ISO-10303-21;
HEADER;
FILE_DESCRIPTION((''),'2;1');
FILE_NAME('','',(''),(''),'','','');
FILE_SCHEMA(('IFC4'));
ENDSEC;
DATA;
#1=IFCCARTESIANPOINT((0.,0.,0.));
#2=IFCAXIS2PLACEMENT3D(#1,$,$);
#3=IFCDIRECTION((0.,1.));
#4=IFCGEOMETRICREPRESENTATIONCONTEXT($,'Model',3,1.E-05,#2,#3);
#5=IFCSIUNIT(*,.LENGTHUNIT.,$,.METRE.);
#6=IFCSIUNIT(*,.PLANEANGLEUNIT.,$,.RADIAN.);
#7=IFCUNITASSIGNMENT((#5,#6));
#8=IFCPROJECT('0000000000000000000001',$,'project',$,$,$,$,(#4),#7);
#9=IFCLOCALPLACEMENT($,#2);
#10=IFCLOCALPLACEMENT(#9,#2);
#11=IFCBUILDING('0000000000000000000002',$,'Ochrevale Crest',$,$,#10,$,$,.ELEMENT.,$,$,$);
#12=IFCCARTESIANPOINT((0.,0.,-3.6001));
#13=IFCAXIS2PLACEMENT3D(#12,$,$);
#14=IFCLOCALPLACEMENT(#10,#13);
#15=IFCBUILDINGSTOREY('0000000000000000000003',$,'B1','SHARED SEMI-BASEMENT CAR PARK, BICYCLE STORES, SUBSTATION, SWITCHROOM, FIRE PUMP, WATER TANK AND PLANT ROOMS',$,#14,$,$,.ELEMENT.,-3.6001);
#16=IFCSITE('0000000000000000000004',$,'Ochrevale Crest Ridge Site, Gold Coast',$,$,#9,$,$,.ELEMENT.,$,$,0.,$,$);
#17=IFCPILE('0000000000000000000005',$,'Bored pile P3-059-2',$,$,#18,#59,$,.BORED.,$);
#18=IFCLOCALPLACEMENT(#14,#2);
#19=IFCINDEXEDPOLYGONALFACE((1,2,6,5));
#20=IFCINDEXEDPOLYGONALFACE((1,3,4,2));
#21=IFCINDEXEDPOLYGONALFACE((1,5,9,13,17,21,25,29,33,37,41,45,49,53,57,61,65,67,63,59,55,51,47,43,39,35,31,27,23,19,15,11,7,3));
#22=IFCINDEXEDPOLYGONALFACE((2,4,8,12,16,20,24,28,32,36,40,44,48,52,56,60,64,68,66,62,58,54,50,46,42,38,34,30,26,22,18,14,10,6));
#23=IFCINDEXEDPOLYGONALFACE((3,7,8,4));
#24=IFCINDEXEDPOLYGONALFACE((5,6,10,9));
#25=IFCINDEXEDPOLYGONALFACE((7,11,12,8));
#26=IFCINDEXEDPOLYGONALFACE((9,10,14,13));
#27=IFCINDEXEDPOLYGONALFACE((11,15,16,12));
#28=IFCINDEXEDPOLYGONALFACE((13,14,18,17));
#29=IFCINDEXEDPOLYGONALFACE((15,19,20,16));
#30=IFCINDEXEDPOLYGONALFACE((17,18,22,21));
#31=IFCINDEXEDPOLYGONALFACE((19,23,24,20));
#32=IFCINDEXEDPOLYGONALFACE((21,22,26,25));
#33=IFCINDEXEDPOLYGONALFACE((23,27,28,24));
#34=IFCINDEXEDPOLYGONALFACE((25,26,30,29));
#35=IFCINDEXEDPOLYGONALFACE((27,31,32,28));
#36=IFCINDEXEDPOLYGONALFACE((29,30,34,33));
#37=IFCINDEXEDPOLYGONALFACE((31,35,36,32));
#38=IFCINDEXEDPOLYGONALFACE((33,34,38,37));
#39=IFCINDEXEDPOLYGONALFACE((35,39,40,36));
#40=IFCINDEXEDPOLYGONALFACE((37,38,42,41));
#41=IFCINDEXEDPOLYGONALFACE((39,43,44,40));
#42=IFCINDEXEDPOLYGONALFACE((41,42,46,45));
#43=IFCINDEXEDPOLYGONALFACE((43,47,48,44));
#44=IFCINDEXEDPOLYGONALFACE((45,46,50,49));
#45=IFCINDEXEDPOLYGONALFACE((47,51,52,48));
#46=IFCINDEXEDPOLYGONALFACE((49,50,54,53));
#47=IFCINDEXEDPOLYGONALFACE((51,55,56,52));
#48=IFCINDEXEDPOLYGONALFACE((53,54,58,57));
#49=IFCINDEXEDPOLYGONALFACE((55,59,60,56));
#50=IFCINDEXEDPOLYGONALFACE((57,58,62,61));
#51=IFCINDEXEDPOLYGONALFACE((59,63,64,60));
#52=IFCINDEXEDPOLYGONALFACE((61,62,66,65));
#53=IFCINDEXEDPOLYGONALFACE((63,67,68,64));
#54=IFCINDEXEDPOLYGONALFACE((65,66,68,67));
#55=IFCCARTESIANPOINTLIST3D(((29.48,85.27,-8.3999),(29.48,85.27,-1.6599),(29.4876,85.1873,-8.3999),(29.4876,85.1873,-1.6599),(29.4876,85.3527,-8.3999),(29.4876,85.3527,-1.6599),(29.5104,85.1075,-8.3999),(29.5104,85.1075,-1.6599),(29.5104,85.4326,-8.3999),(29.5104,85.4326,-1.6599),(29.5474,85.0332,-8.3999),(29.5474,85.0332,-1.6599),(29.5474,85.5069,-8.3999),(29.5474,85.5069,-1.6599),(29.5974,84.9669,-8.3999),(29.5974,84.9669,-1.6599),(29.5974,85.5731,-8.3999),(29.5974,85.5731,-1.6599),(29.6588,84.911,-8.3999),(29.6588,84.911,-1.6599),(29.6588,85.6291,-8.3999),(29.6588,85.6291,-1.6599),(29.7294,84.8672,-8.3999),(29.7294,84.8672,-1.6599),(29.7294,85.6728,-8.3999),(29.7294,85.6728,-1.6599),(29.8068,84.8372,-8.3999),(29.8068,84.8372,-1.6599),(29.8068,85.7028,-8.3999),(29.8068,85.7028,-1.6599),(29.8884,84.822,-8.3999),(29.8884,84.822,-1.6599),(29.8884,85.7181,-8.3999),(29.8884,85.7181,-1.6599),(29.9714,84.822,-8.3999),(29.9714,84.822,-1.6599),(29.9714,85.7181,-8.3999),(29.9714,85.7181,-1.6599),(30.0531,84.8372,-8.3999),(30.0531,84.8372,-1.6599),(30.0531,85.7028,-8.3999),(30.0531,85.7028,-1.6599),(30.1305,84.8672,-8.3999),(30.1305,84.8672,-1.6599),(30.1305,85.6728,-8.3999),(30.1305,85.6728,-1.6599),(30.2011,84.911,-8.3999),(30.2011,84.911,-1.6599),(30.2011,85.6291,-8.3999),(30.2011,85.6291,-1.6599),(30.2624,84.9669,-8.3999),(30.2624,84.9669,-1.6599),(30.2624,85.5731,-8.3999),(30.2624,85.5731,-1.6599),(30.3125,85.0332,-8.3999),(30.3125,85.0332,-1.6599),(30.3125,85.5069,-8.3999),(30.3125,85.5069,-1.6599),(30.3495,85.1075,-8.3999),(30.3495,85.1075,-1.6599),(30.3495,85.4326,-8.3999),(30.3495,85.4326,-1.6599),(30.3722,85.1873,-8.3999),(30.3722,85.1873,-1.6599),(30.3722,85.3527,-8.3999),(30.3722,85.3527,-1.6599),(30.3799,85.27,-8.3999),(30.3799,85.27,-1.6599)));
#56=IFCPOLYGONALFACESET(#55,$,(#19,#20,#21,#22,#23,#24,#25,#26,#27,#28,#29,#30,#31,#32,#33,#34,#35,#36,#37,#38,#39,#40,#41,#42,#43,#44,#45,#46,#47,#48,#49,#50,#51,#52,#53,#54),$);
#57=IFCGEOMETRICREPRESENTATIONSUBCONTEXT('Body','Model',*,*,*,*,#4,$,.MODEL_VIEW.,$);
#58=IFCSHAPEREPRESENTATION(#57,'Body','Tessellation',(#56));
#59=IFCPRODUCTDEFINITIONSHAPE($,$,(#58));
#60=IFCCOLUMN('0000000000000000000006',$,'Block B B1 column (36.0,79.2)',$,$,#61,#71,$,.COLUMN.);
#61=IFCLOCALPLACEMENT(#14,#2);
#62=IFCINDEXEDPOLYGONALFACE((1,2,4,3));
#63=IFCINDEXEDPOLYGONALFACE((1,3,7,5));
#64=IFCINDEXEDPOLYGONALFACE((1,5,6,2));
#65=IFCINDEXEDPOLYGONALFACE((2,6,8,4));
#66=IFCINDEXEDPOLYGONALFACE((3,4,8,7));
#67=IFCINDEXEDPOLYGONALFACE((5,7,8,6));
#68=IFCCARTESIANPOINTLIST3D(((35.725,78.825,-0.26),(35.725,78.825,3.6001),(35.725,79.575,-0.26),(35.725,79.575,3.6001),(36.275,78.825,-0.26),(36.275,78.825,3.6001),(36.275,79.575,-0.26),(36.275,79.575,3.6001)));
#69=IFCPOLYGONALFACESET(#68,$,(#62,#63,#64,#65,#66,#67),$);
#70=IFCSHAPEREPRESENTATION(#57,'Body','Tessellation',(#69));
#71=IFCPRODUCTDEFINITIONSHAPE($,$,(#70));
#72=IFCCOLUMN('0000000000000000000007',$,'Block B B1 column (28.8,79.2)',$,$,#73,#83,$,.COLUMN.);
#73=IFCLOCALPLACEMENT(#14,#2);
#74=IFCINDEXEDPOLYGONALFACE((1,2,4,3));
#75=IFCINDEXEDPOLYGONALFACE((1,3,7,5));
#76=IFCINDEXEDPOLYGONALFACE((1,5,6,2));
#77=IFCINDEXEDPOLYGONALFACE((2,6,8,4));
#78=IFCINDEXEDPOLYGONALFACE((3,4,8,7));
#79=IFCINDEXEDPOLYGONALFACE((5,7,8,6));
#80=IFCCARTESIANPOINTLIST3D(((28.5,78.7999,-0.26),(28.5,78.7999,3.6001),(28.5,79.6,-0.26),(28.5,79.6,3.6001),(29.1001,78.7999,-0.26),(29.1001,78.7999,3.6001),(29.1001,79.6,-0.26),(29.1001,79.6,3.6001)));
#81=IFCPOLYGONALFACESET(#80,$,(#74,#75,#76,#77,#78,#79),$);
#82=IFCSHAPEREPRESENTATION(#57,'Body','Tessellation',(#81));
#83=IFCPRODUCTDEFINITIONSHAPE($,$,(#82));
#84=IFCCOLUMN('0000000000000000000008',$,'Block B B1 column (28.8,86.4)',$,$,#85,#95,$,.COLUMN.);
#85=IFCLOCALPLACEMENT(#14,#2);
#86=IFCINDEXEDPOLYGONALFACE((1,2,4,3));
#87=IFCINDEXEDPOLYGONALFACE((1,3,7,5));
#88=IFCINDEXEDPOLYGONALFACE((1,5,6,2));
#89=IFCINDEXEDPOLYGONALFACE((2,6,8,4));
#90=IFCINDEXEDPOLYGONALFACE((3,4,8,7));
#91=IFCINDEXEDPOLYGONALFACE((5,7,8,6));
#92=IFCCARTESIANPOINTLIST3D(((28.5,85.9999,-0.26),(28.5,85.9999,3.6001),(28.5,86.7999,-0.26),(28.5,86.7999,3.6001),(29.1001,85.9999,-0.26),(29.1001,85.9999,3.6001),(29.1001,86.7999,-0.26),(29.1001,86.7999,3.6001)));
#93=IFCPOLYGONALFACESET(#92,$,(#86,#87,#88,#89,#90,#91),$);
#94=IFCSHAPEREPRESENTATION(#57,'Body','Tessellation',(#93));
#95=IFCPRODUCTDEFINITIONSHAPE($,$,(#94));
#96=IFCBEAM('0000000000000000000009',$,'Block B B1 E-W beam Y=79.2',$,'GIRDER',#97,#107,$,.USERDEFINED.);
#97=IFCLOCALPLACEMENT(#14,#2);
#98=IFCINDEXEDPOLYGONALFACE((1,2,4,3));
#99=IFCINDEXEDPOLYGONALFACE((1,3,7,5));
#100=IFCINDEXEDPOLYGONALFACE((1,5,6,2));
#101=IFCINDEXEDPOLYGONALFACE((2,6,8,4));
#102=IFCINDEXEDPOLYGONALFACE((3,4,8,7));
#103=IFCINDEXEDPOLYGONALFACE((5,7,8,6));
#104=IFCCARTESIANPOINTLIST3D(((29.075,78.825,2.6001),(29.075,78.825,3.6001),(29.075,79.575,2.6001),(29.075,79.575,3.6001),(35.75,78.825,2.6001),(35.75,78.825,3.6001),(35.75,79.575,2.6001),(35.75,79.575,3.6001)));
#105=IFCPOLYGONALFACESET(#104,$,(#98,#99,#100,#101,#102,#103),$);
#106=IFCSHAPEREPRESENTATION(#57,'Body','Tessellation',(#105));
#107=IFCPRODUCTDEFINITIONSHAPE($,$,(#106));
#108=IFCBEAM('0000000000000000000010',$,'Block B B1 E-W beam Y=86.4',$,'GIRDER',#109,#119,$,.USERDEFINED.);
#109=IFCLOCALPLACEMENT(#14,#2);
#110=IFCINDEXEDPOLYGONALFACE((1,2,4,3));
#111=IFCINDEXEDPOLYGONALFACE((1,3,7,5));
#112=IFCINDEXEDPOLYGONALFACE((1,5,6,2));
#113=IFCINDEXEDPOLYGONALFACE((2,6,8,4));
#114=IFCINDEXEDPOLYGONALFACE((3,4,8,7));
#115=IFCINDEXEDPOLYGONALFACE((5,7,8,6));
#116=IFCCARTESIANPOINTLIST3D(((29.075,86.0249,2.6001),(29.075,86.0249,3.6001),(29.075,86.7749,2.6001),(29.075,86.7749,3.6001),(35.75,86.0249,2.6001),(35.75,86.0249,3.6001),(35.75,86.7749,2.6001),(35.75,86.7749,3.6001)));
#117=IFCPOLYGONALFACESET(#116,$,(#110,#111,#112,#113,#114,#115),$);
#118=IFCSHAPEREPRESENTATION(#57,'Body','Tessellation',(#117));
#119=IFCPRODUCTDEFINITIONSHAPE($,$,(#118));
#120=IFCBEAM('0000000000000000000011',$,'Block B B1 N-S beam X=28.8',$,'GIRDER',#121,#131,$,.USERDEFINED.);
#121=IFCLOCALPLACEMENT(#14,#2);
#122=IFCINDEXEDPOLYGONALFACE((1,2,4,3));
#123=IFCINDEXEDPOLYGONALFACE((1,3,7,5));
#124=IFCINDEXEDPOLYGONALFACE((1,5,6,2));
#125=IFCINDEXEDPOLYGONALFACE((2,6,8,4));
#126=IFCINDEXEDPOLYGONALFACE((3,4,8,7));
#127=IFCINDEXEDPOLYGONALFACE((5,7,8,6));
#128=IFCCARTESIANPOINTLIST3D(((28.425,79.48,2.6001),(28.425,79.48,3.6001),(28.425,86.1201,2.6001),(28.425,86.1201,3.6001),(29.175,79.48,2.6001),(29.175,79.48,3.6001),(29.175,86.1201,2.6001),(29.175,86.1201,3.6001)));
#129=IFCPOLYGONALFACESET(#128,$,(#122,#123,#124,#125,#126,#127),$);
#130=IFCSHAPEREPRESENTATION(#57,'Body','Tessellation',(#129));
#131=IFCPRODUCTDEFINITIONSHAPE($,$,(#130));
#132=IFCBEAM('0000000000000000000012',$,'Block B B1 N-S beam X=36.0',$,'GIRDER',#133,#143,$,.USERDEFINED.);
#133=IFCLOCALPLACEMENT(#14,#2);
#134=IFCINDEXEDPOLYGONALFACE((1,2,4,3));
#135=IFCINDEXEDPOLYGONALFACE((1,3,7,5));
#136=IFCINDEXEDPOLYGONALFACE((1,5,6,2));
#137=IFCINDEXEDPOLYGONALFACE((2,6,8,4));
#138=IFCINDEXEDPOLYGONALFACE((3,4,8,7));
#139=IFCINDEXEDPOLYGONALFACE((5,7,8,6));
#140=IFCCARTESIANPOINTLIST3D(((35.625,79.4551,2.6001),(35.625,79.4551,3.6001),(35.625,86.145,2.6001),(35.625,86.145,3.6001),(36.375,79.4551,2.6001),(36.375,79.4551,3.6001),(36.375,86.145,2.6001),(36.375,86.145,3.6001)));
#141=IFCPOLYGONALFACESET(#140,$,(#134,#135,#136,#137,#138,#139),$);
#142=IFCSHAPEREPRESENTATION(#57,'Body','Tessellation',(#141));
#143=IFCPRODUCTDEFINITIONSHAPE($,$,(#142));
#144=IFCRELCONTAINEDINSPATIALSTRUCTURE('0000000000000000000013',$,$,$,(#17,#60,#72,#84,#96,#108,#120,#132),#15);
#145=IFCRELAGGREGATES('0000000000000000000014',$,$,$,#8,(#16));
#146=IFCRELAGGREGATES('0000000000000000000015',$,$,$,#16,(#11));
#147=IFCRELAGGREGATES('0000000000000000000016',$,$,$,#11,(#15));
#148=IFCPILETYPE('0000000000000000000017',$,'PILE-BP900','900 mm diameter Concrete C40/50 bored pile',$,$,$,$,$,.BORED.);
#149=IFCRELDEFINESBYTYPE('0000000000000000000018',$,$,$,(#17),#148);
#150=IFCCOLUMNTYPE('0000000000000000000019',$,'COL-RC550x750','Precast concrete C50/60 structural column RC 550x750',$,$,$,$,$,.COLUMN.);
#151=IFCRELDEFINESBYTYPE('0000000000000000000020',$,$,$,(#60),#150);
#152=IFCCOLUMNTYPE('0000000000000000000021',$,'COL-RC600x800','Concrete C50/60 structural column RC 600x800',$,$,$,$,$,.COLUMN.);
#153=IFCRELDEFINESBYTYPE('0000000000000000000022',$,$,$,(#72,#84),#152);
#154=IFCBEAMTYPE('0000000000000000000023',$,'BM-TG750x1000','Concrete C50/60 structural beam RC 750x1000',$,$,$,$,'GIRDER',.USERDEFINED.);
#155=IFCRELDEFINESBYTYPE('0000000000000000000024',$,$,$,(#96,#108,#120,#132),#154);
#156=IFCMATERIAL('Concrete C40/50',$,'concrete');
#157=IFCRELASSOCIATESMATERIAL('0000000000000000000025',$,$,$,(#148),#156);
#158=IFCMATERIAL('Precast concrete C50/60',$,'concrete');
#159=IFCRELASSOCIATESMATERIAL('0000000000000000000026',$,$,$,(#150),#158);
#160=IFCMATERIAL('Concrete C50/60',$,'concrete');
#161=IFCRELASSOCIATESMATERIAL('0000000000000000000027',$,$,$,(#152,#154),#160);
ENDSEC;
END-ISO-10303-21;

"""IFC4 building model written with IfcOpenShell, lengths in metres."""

from ifc_helpers import new_model, si_unit, direction, frame, origin, origin_2d, place, context, subcontext, project, spatial, rectangle, circle, extrude, material, material_profile, profile_set, type_object, element, save


model = new_model("IFC4")

# Units and contexts
model_context = context("Model", 3, precision=1e-05, world=origin(), true_north=direction((0.0, 1.0)))
body_context = subcontext(model_context, "Body", "Model", "MODEL_VIEW")
ifc_project = project(units=[si_unit("LENGTHUNIT", "METRE"), si_unit("PLANEANGLEUNIT", "RADIAN")], contexts=[model_context])

# Site, building, storey
site_placement = place(None, origin())
site = spatial("IfcSite", under=ifc_project, at=site_placement, Name="Ochrevale Crest Ridge Site, Gold Coast", CompositionType="ELEMENT", RefElevation=0.0)
building_placement = place(site_placement, origin())
building = spatial("IfcBuilding", under=site, at=building_placement, Name="Ochrevale Crest", CompositionType="ELEMENT")
storey_placement = place(building_placement, frame((0.0, 0.0, -3.6001)))
storey = spatial("IfcBuildingStorey", under=building, at=storey_placement, Name="B1", Description="SHARED SEMI-BASEMENT CAR PARK, BICYCLE STORES, SUBSTATION, SWITCHROOM, FIRE PUMP, WATER TANK AND PLANT ROOMS", CompositionType="ELEMENT", Elevation=-3.6001)

# Shared definitions
ifc_material_1 = material(Name="Concrete C40/50", Category="concrete")

# Pile
ifc_material_profile_1 = material_profile(ifc_material_1, circle(Radius=0.45, at=origin_2d()), Name="BORED PILE 900")
ifc_profile_set_1 = profile_set([ifc_material_profile_1], Name="Concrete C40/50")
pile_type_1 = type_object("IfcPileType", Name="PILE-BP900", Description="900 mm diameter Concrete C40/50 bored pile", PredefinedType="BORED", material=ifc_profile_set_1)
for number, where, z_axis, x_axis, name in (
    (1, (29.9299, 85.27, -1.6599), (0.0, 0.0, -1.0), (1.0, 0.0, 0.0), "Bored pile P3-059-2"),
):
    element("IfcPile", number, at=place(storey_placement, frame(where, z_axis=z_axis, x_axis=x_axis)), inside=storey, type_object=pile_type_1, Name=name, PredefinedType="BORED", context=body_context, shape_type="SweptSolid", body=[
        extrude(circle(Radius=0.45, at=origin_2d()), origin(), (0.0, 0.0, 1.0), 6.74),
    ])

# Columns
ifc_material_2 = material(Name="Precast concrete C50/60", Category="concrete")
ifc_material_profile_2 = material_profile(ifc_material_2, rectangle(XDim=0.55, YDim=0.75, at=origin_2d()), Name="RC 550x750")
ifc_profile_set_2 = profile_set([ifc_material_profile_2], Name="Precast concrete C50/60")
column_type_1 = type_object("IfcColumnType", Name="COL-RC550x750", Description="Precast concrete C50/60 structural column RC 550x750", PredefinedType="COLUMN", material=ifc_profile_set_2)
column_placement = place(storey_placement, frame((36.0, 79.2, -0.26), z_axis=(0.0, 0.0, 1.0), x_axis=(1.0, 0.0, 0.0)))
element("IfcColumn", 2, at=column_placement, inside=storey, type_object=column_type_1, Name="Block B B1 column (36.0,79.2)", PredefinedType="COLUMN", context=body_context, shape_type="SweptSolid", body=[
    extrude(rectangle(XDim=0.55, YDim=0.75, at=origin_2d()), origin(), (0.0, 0.0, 1.0), 3.8601),
])
ifc_material_3 = material(Name="Concrete C50/60", Category="concrete")
ifc_material_profile_3 = material_profile(ifc_material_3, rectangle(XDim=0.6001, YDim=0.8, at=origin_2d()), Name="RC 600x800")
ifc_profile_set_3 = profile_set([ifc_material_profile_3], Name="Concrete C50/60")
column_type_2 = type_object("IfcColumnType", Name="COL-RC600x800", Description="Concrete C50/60 structural column RC 600x800", PredefinedType="COLUMN", material=ifc_profile_set_3)
for number, where, z_axis, x_axis, name in (
    (3, (28.8, 79.2, -0.26), (0.0, 0.0, 1.0), (1.0, 0.0, 0.0), "Block B B1 column (28.8,79.2)"),
    (4, (28.8, 86.3999, -0.26), (0.0, 0.0, 1.0), (1.0, 0.0, 0.0), "Block B B1 column (28.8,86.4)"),
):
    element("IfcColumn", number, at=place(storey_placement, frame(where, z_axis=z_axis, x_axis=x_axis)), inside=storey, type_object=column_type_2, Name=name, PredefinedType="COLUMN", context=body_context, shape_type="SweptSolid", body=[
        extrude(rectangle(XDim=0.6001, YDim=0.8, at=origin_2d()), origin(), (0.0, 0.0, 1.0), 3.8601),
    ])

# Beams
ifc_material_profile_4 = material_profile(ifc_material_3, rectangle(XDim=0.75, YDim=1.0, at=origin_2d()), Name="RC 750x1000")
ifc_profile_set_4 = profile_set([ifc_material_profile_4], Name="Concrete C50/60")
beam_type = type_object("IfcBeamType", Name="BM-TG750x1000", Description="Concrete C50/60 structural beam RC 750x1000", ElementType="GIRDER", PredefinedType="USERDEFINED", material=ifc_profile_set_4)
for number, where, z_axis, x_axis, name in (
    (5, (29.075, 79.2, 3.1001), (1.0, 0.0, 0.0), (0.0, 1.0, 0.0), "Block B B1 E-W beam Y=79.2"),
    (6, (29.075, 86.3999, 3.1001), (1.0, 0.0, 0.0), (0.0, 1.0, 0.0), "Block B B1 E-W beam Y=86.4"),
):
    element("IfcBeam", number, at=place(storey_placement, frame(where, z_axis=z_axis, x_axis=x_axis)), inside=storey, type_object=beam_type, Name=name, ObjectType="GIRDER", PredefinedType="USERDEFINED", context=body_context, shape_type="SweptSolid", body=[
        extrude(rectangle(XDim=0.75, YDim=1.0, at=origin_2d()), origin(), (0.0, 0.0, 1.0), 6.675),
    ])
beam_1_placement = place(storey_placement, frame((28.8, 79.48, 3.1001), z_axis=(0.0, 1.0, 0.0), x_axis=(-1.0, 0.0, 0.0)))
element("IfcBeam", 7, at=beam_1_placement, inside=storey, type_object=beam_type, Name="Block B B1 N-S beam X=28.8", ObjectType="GIRDER", PredefinedType="USERDEFINED", context=body_context, shape_type="SweptSolid", body=[
    extrude(rectangle(XDim=0.75, YDim=1.0, at=origin_2d()), origin(), (0.0, 0.0, 1.0), 6.6401),
])
beam_2_placement = place(storey_placement, frame((36.0, 79.4551, 3.1001), z_axis=(0.0, 1.0, 0.0), x_axis=(-1.0, 0.0, 0.0)))
element("IfcBeam", 8, at=beam_2_placement, inside=storey, type_object=beam_type, Name="Block B B1 N-S beam X=36.0", ObjectType="GIRDER", PredefinedType="USERDEFINED", context=body_context, shape_type="SweptSolid", body=[
    extrude(rectangle(XDim=0.75, YDim=1.0, at=origin_2d()), origin(), (0.0, 0.0, 1.0), 6.6899),
])

save(model, "model.ifc")
